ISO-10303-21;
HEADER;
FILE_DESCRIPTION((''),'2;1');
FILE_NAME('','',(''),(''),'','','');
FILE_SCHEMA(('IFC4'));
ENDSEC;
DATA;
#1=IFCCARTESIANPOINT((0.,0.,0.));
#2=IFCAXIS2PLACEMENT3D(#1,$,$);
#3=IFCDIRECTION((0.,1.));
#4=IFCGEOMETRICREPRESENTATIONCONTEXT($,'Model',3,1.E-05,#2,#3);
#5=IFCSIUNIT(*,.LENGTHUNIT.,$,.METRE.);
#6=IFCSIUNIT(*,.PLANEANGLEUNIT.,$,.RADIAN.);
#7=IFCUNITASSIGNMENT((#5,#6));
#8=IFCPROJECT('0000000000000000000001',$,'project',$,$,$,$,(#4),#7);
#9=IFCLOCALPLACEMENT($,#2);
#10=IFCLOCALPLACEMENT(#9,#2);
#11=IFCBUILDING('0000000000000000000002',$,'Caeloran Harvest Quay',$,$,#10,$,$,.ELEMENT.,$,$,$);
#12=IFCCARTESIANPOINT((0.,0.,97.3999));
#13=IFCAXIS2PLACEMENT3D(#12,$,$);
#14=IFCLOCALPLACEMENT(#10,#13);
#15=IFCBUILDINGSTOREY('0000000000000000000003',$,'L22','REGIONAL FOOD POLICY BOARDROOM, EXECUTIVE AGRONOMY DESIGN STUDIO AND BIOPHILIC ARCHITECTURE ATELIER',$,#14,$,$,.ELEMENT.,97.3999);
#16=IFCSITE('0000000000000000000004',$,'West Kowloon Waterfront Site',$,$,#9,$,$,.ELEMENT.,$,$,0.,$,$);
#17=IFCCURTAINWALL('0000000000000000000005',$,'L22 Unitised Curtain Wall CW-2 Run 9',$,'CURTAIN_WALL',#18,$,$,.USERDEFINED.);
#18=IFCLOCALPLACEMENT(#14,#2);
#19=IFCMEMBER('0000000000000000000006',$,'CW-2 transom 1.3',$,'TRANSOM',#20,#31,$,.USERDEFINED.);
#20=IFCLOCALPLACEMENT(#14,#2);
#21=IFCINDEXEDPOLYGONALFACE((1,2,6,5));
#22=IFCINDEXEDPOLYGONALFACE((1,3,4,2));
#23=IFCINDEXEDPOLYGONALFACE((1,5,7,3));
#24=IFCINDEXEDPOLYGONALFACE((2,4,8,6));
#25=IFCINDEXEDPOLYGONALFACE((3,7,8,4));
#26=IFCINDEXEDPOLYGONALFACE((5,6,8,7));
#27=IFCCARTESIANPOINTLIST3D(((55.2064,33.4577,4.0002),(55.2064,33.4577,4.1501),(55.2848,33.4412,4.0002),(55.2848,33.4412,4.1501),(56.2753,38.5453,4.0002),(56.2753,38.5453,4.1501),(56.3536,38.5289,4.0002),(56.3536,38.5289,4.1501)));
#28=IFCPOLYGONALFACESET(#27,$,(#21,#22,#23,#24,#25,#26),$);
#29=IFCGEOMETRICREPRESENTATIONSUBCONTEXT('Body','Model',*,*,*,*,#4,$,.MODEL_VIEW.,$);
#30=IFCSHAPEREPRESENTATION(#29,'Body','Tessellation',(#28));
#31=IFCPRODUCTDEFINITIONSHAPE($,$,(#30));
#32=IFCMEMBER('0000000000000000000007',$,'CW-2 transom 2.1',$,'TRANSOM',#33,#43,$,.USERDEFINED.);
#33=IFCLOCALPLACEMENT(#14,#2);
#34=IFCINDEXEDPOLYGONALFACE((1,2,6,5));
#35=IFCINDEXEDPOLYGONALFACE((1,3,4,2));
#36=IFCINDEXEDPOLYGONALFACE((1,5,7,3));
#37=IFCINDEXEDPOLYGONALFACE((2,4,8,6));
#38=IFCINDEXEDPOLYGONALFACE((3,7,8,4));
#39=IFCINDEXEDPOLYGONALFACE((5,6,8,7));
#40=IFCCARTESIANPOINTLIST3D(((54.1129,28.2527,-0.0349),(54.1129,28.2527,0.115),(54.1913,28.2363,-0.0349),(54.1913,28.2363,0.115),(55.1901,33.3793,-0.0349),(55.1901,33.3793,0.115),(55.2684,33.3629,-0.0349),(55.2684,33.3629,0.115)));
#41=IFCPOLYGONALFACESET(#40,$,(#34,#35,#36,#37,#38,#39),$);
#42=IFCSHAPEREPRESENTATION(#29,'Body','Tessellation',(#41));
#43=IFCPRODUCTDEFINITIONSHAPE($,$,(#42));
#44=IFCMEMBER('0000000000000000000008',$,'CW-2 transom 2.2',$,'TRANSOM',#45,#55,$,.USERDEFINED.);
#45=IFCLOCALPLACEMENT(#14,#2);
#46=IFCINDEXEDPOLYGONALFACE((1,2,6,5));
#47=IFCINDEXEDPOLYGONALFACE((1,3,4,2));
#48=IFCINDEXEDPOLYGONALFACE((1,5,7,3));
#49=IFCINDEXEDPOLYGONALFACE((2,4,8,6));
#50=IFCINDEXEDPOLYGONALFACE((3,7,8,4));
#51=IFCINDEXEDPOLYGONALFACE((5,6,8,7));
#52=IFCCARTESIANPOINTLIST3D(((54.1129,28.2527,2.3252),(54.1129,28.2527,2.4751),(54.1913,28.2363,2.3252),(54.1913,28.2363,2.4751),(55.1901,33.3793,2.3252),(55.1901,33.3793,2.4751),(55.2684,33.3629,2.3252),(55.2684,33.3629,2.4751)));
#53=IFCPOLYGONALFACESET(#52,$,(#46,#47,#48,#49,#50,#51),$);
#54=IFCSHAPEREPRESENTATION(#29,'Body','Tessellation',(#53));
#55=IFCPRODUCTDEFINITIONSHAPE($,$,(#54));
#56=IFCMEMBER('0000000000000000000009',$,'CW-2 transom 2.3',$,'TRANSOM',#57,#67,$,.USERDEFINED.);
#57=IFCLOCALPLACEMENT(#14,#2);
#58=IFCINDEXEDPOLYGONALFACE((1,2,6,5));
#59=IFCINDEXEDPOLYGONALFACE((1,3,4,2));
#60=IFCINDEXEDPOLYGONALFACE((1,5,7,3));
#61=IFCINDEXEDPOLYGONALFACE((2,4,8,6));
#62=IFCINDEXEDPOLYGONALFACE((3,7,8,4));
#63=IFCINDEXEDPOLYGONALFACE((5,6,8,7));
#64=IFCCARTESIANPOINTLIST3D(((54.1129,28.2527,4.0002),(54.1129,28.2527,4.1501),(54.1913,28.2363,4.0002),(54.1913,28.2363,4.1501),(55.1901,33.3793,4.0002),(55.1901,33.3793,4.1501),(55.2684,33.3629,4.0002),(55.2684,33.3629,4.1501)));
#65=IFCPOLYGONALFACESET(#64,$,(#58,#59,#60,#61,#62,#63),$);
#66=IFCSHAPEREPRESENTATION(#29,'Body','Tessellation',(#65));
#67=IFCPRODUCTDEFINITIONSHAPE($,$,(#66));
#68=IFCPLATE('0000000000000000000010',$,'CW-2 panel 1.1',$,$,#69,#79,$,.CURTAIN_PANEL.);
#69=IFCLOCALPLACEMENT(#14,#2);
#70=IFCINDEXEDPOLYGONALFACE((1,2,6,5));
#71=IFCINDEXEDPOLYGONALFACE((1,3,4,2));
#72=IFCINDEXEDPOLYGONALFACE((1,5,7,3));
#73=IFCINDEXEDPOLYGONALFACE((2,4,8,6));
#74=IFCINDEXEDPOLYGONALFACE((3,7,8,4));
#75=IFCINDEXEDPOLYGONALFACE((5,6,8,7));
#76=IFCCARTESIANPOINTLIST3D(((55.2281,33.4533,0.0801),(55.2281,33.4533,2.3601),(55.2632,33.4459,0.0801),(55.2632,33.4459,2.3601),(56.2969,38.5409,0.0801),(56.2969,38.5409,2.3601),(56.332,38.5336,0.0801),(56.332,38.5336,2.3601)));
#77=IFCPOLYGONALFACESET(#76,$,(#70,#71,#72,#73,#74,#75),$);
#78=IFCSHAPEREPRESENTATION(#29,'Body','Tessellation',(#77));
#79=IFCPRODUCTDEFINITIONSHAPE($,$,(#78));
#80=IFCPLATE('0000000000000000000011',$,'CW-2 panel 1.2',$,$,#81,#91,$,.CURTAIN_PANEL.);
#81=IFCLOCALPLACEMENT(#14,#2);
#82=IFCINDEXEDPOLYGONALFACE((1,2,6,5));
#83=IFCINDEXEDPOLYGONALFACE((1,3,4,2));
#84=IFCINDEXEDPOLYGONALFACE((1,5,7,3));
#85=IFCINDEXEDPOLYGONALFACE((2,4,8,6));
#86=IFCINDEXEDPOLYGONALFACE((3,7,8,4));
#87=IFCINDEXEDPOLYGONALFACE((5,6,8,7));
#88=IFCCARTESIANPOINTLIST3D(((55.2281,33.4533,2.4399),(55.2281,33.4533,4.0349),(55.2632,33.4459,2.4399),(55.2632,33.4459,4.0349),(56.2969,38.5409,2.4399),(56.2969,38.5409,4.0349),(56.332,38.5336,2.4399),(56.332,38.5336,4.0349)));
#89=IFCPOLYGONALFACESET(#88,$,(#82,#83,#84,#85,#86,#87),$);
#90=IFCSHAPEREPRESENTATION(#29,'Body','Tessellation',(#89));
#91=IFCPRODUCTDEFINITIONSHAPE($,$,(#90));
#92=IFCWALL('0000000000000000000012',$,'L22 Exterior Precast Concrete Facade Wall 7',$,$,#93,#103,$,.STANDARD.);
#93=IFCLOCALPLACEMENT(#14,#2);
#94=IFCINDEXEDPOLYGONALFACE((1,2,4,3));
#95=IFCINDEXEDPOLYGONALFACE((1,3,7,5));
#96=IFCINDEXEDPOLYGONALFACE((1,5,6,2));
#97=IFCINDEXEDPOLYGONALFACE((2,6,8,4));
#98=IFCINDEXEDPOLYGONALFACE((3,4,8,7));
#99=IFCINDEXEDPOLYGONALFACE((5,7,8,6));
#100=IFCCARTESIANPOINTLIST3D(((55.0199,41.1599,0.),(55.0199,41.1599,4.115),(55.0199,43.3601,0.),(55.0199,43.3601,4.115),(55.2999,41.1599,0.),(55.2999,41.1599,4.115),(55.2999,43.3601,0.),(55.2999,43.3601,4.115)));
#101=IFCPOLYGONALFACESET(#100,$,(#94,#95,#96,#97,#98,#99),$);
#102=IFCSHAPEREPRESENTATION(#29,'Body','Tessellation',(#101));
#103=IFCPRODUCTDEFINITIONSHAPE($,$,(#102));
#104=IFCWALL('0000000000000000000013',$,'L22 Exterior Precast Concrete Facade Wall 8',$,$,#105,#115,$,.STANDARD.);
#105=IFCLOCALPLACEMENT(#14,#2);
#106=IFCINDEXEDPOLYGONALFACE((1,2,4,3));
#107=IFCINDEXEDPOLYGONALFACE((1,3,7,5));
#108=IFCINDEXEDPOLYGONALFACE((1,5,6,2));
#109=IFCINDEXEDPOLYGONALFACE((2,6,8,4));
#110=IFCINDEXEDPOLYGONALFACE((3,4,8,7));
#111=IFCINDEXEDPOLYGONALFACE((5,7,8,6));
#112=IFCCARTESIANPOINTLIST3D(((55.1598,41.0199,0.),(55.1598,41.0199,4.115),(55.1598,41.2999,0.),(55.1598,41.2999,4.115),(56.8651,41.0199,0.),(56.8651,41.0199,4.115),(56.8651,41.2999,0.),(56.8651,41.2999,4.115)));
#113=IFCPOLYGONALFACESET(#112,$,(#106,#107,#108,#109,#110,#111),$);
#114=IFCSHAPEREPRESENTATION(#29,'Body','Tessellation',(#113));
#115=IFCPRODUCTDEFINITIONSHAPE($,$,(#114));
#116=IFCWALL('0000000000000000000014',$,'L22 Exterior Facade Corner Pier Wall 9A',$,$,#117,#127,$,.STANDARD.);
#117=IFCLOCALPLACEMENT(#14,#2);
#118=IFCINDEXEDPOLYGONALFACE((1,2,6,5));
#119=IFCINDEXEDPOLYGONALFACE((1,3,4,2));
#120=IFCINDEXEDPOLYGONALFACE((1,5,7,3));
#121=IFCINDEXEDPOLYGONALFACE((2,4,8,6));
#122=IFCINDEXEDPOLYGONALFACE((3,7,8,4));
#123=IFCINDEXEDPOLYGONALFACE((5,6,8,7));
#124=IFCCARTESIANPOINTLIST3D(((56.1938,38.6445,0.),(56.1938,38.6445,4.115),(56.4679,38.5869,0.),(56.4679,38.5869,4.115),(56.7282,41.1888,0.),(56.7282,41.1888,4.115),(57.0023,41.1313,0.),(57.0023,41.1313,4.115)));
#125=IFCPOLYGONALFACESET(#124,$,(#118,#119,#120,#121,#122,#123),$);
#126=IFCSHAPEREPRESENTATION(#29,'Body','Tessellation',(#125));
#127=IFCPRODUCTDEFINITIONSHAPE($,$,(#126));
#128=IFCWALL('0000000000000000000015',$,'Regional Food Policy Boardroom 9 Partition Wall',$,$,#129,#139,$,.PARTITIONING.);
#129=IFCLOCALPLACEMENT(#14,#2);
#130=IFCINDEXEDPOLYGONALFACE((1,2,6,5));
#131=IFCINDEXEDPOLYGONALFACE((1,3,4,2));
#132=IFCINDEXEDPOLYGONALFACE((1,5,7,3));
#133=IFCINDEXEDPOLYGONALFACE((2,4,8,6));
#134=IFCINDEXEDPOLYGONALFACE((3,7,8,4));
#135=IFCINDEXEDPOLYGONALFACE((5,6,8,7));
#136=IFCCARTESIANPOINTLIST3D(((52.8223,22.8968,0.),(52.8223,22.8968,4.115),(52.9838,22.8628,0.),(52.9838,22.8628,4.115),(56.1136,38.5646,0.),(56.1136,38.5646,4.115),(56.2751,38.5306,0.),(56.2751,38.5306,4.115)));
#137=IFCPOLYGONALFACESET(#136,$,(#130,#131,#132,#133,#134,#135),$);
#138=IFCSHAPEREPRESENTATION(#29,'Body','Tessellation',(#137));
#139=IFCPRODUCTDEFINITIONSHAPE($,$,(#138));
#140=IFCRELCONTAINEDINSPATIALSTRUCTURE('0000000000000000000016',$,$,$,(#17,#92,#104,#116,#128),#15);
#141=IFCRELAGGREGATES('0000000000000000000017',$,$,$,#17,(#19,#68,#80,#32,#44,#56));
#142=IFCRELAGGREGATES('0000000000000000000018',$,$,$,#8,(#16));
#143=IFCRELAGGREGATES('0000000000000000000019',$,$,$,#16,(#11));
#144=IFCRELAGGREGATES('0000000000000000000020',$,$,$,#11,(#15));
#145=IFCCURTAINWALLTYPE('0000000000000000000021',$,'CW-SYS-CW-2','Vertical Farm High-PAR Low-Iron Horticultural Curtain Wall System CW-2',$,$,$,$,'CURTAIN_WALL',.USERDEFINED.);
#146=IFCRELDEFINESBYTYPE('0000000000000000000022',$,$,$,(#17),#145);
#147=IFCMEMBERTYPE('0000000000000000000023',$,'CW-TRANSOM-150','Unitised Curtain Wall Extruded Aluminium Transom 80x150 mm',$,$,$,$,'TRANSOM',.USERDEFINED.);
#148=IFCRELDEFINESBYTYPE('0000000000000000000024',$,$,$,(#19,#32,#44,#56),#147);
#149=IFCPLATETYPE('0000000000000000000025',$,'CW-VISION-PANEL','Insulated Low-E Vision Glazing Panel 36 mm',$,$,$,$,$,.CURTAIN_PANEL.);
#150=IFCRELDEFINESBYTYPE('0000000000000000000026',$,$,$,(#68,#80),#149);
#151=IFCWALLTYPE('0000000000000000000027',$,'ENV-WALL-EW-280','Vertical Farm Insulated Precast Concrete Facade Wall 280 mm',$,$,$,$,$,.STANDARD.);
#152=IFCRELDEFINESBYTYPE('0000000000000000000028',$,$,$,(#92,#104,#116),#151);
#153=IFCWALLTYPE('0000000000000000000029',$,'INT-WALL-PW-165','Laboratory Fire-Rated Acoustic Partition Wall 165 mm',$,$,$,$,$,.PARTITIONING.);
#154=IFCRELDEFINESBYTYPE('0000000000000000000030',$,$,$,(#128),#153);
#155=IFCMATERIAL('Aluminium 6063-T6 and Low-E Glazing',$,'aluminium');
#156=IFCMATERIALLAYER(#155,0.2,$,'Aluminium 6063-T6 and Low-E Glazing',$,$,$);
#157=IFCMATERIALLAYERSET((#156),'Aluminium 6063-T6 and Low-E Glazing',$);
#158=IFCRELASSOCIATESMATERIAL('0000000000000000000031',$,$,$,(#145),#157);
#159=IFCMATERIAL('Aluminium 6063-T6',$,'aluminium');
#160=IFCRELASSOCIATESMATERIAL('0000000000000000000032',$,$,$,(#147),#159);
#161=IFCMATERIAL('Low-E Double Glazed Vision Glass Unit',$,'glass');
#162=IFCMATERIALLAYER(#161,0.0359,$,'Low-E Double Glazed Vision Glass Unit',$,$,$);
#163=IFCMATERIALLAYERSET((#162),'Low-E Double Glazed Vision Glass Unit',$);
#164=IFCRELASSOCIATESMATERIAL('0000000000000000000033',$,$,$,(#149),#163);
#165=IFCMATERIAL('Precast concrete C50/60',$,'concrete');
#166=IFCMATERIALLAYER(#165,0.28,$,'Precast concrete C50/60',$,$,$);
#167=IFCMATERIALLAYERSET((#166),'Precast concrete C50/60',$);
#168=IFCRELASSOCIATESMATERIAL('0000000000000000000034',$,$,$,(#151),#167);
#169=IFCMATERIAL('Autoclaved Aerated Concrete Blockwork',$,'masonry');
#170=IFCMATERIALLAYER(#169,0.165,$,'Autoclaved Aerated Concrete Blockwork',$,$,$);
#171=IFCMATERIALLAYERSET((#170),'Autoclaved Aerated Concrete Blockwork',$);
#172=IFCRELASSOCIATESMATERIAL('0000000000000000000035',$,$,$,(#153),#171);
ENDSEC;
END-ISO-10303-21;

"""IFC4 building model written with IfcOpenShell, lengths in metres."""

from ifc_helpers import new_model, si_unit, direction, frame, frame_2d, origin, origin_2d, place, context, subcontext, project, spatial, rectangle, extrude, material, layer, layer_set, material_profile, profile_set, type_object, element, aggregate, save


model = new_model("IFC4")

# Units and contexts
model_context = context("Model", 3, precision=1e-05, world=origin(), true_north=direction((0.0, 1.0)))
body_context = subcontext(model_context, "Body", "Model", "MODEL_VIEW")
ifc_project = project(units=[si_unit("LENGTHUNIT", "METRE"), si_unit("PLANEANGLEUNIT", "RADIAN")], contexts=[model_context])

# Site, building, storey
site_placement = place(None, origin())
site = spatial("IfcSite", under=ifc_project, at=site_placement, Name="West Kowloon Waterfront Site", CompositionType="ELEMENT", RefElevation=0.0)
building_placement = place(site_placement, origin())
building = spatial("IfcBuilding", under=site, at=building_placement, Name="Caeloran Harvest Quay", CompositionType="ELEMENT")
storey_placement = place(building_placement, frame((0.0, 0.0, 97.3999)))
storey = spatial("IfcBuildingStorey", under=building, at=storey_placement, Name="L22", Description="REGIONAL FOOD POLICY BOARDROOM, EXECUTIVE AGRONOMY DESIGN STUDIO AND BIOPHILIC ARCHITECTURE ATELIER", CompositionType="ELEMENT", Elevation=97.3999)

# Curtain wall, members, plates
ifc_material_1 = material(Name="Aluminium 6063-T6 and Low-E Glazing", Category="aluminium")
ifc_layer_1 = layer(ifc_material_1, 0.2, Name="Aluminium 6063-T6 and Low-E Glazing")
ifc_layer_set_1 = layer_set([ifc_layer_1], Name="Aluminium 6063-T6 and Low-E Glazing")
curtain_wall_type = type_object("IfcCurtainWallType", Name="CW-SYS-CW-2", Description="Vertical Farm High-PAR Low-Iron Horticultural Curtain Wall System CW-2", ElementType="CURTAIN_WALL", PredefinedType="USERDEFINED", material=ifc_layer_set_1)
curtain_wall_placement = place(storey_placement, origin())
curtain_wall = element("IfcCurtainWall", 1, at=curtain_wall_placement, inside=storey, type_object=curtain_wall_type, Name="L22 Unitised Curtain Wall CW-2 Run 9", ObjectType="CURTAIN_WALL", PredefinedType="USERDEFINED")
ifc_material_2 = material(Name="Aluminium 6063-T6", Category="aluminium")
ifc_material_profile_1 = material_profile(ifc_material_2, rectangle(XDim=0.0801, YDim=0.1499, at=origin_2d()), Name="CW-TRANSOM-150")
ifc_profile_set_1 = profile_set([ifc_material_profile_1], Name="Aluminium 6063-T6")
member_type_1 = type_object("IfcMemberType", Name="CW-TRANSOM-150", Description="Unitised Curtain Wall Extruded Aluminium Transom 80x150 mm", ElementType="TRANSOM", PredefinedType="USERDEFINED", material=ifc_profile_set_1)
member_1_placement = place(storey_placement, frame((56.3145, 38.5371, 4.0752), z_axis=(-0.205599, -0.978636, 0.0), x_axis=(0.978636, -0.205599, 0.0)))
member_1 = element("IfcMember", 2, at=member_1_placement, type_object=member_type_1, Name="CW-2 transom 1.3", ObjectType="TRANSOM", PredefinedType="USERDEFINED", context=body_context, shape_type="SweptSolid", body=[
    extrude(rectangle(XDim=0.0801, YDim=0.1499, at=origin_2d()), origin(), (0.0, 0.0, 1.0), 5.1987),
])
member_2_placement = place(storey_placement, frame((55.2292, 33.3711, 0.04), z_axis=(-0.205616, -0.978633, 0.0), x_axis=(0.978633, -0.205616, 0.0)))
member_2 = element("IfcMember", 3, at=member_2_placement, type_object=member_type_1, Name="CW-2 transom 2.1", ObjectType="TRANSOM", PredefinedType="USERDEFINED", context=body_context, shape_type="SweptSolid", body=[
    extrude(rectangle(XDim=0.0801, YDim=0.1499, at=origin_2d()), origin(), (0.0, 0.0, 1.0), 5.2385),
])
member_3_placement = place(storey_placement, frame((55.2292, 33.3711, 2.4001), z_axis=(-0.205616, -0.978633, 0.0), x_axis=(0.978633, -0.205616, 0.0)))
member_3 = element("IfcMember", 4, at=member_3_placement, type_object=member_type_1, Name="CW-2 transom 2.2", ObjectType="TRANSOM", PredefinedType="USERDEFINED", context=body_context, shape_type="SweptSolid", body=[
    extrude(rectangle(XDim=0.0801, YDim=0.1499, at=origin_2d()), origin(), (0.0, 0.0, 1.0), 5.2385),
])
member_4_placement = place(storey_placement, frame((55.2292, 33.3711, 4.0752), z_axis=(-0.205616, -0.978633, 0.0), x_axis=(0.978633, -0.205616, 0.0)))
member_4 = element("IfcMember", 5, at=member_4_placement, type_object=member_type_1, Name="CW-2 transom 2.3", ObjectType="TRANSOM", PredefinedType="USERDEFINED", context=body_context, shape_type="SweptSolid", body=[
    extrude(rectangle(XDim=0.0801, YDim=0.1499, at=origin_2d()), origin(), (0.0, 0.0, 1.0), 5.2385),
])
ifc_material_3 = material(Name="Low-E Double Glazed Vision Glass Unit", Category="glass")
ifc_layer_2 = layer(ifc_material_3, 0.0359, Name="Low-E Double Glazed Vision Glass Unit")
ifc_layer_set_2 = layer_set([ifc_layer_2], Name="Low-E Double Glazed Vision Glass Unit")
plate_type = type_object("IfcPlateType", Name="CW-VISION-PANEL", Description="Insulated Low-E Vision Glazing Panel 36 mm", PredefinedType="CURTAIN_PANEL", material=ifc_layer_set_2)
plate_1_placement = place(storey_placement, frame((55.78, 35.9934, 0.0801), z_axis=(0.0, 0.0, 1.0), x_axis=(-0.205583, -0.97864, 0.0)))
plate_1 = element("IfcPlate", 6, at=plate_1_placement, type_object=plate_type, Name="CW-2 panel 1.1", PredefinedType="CURTAIN_PANEL", context=body_context, shape_type="SweptSolid", body=[
    extrude(rectangle(XDim=5.1987, YDim=0.0359, at=origin_2d()), origin(), (0.0, 0.0, 1.0), 2.28),
])
plate_2_placement = place(storey_placement, frame((55.78, 35.9934, 2.4399), z_axis=(0.0, 0.0, 1.0), x_axis=(-0.205583, -0.97864, 0.0)))
plate_2 = element("IfcPlate", 7, at=plate_2_placement, type_object=plate_type, Name="CW-2 panel 1.2", PredefinedType="CURTAIN_PANEL", context=body_context, shape_type="SweptSolid", body=[
    extrude(rectangle(XDim=5.1987, YDim=0.0359, at=origin_2d()), origin(), (0.0, 0.0, 1.0), 1.595),
])
aggregate(curtain_wall, [member_1, plate_1, plate_2, member_2, member_3, member_4])

# Walls
ifc_material_4 = material(Name="Precast concrete C50/60", Category="concrete")
ifc_layer_3 = layer(ifc_material_4, 0.28, Name="Precast concrete C50/60")
ifc_layer_set_3 = layer_set([ifc_layer_3], Name="Precast concrete C50/60")
wall_type_1 = type_object("IfcWallType", Name="ENV-WALL-EW-280", Description="Vertical Farm Insulated Precast Concrete Facade Wall 280 mm", PredefinedType="STANDARD", material=ifc_layer_set_3)
wall_1_placement = place(storey_placement, frame((55.1599, 43.3601, 0.0), z_axis=(0.0, 0.0, 1.0), x_axis=(0.0, -1.0, 0.0)))
element("IfcWall", 8, at=wall_1_placement, inside=storey, type_object=wall_type_1, Name="L22 Exterior Precast Concrete Facade Wall 7", PredefinedType="STANDARD", context=body_context, shape_type="SweptSolid", body=[
    extrude(rectangle(XDim=2.2002, YDim=0.28, at=frame_2d((1.1001, 0.0))), origin(), (0.0, 0.0, 1.0), 4.115),
])
wall_2_placement = place(storey_placement, frame((55.1599, 41.1599, 0.0), z_axis=(0.0, 0.0, 1.0), x_axis=(1.0, 0.0, 0.0)))
element("IfcWall", 9, at=wall_2_placement, inside=storey, type_object=wall_type_1, Name="L22 Exterior Precast Concrete Facade Wall 8", PredefinedType="STANDARD", context=body_context, shape_type="SweptSolid", body=[
    extrude(rectangle(XDim=1.7053, YDim=0.28, at=frame_2d((0.8525, 0.0))), origin(), (0.0, 0.0, 1.0), 4.115),
])
wall_3_placement = place(storey_placement, frame((56.8652, 41.1599, 0.0), z_axis=(0.0, 0.0, 1.0), x_axis=(-0.205551, -0.978646, 0.0)))
element("IfcWall", 10, at=wall_3_placement, inside=storey, type_object=wall_type_1, Name="L22 Exterior Facade Corner Pier Wall 9A", PredefinedType="STANDARD", context=body_context, shape_type="SweptSolid", body=[
    extrude(rectangle(XDim=2.5999, YDim=0.28, at=frame_2d((1.2998, 0.0))), origin(), (0.0, 0.0, 1.0), 4.115),
])
ifc_material_5 = material(Name="Autoclaved Aerated Concrete Blockwork", Category="masonry")
ifc_layer_4 = layer(ifc_material_5, 0.165, Name="Autoclaved Aerated Concrete Blockwork")
ifc_layer_set_4 = layer_set([ifc_layer_4], Name="Autoclaved Aerated Concrete Blockwork")
wall_type_2 = type_object("IfcWallType", Name="INT-WALL-PW-165", Description="Laboratory Fire-Rated Acoustic Partition Wall 165 mm", PredefinedType="PARTITIONING", material=ifc_layer_set_4)
wall_4_placement = place(storey_placement, frame((56.1943, 38.5476, 0.0), z_axis=(0.0, 0.0, 1.0), x_axis=(-0.205579, -0.97864, 0.0)))
element("IfcWall", 11, at=wall_4_placement, inside=storey, type_object=wall_type_2, Name="Regional Food Policy Boardroom 9 Partition Wall", PredefinedType="PARTITIONING", context=body_context, shape_type="SweptSolid", body=[
    extrude(rectangle(XDim=16.0098, YDim=0.165, at=frame_2d((8.0049, 0.0))), origin(), (0.0, 0.0, 1.0), 4.115),
])

save(model, "model.ifc")
